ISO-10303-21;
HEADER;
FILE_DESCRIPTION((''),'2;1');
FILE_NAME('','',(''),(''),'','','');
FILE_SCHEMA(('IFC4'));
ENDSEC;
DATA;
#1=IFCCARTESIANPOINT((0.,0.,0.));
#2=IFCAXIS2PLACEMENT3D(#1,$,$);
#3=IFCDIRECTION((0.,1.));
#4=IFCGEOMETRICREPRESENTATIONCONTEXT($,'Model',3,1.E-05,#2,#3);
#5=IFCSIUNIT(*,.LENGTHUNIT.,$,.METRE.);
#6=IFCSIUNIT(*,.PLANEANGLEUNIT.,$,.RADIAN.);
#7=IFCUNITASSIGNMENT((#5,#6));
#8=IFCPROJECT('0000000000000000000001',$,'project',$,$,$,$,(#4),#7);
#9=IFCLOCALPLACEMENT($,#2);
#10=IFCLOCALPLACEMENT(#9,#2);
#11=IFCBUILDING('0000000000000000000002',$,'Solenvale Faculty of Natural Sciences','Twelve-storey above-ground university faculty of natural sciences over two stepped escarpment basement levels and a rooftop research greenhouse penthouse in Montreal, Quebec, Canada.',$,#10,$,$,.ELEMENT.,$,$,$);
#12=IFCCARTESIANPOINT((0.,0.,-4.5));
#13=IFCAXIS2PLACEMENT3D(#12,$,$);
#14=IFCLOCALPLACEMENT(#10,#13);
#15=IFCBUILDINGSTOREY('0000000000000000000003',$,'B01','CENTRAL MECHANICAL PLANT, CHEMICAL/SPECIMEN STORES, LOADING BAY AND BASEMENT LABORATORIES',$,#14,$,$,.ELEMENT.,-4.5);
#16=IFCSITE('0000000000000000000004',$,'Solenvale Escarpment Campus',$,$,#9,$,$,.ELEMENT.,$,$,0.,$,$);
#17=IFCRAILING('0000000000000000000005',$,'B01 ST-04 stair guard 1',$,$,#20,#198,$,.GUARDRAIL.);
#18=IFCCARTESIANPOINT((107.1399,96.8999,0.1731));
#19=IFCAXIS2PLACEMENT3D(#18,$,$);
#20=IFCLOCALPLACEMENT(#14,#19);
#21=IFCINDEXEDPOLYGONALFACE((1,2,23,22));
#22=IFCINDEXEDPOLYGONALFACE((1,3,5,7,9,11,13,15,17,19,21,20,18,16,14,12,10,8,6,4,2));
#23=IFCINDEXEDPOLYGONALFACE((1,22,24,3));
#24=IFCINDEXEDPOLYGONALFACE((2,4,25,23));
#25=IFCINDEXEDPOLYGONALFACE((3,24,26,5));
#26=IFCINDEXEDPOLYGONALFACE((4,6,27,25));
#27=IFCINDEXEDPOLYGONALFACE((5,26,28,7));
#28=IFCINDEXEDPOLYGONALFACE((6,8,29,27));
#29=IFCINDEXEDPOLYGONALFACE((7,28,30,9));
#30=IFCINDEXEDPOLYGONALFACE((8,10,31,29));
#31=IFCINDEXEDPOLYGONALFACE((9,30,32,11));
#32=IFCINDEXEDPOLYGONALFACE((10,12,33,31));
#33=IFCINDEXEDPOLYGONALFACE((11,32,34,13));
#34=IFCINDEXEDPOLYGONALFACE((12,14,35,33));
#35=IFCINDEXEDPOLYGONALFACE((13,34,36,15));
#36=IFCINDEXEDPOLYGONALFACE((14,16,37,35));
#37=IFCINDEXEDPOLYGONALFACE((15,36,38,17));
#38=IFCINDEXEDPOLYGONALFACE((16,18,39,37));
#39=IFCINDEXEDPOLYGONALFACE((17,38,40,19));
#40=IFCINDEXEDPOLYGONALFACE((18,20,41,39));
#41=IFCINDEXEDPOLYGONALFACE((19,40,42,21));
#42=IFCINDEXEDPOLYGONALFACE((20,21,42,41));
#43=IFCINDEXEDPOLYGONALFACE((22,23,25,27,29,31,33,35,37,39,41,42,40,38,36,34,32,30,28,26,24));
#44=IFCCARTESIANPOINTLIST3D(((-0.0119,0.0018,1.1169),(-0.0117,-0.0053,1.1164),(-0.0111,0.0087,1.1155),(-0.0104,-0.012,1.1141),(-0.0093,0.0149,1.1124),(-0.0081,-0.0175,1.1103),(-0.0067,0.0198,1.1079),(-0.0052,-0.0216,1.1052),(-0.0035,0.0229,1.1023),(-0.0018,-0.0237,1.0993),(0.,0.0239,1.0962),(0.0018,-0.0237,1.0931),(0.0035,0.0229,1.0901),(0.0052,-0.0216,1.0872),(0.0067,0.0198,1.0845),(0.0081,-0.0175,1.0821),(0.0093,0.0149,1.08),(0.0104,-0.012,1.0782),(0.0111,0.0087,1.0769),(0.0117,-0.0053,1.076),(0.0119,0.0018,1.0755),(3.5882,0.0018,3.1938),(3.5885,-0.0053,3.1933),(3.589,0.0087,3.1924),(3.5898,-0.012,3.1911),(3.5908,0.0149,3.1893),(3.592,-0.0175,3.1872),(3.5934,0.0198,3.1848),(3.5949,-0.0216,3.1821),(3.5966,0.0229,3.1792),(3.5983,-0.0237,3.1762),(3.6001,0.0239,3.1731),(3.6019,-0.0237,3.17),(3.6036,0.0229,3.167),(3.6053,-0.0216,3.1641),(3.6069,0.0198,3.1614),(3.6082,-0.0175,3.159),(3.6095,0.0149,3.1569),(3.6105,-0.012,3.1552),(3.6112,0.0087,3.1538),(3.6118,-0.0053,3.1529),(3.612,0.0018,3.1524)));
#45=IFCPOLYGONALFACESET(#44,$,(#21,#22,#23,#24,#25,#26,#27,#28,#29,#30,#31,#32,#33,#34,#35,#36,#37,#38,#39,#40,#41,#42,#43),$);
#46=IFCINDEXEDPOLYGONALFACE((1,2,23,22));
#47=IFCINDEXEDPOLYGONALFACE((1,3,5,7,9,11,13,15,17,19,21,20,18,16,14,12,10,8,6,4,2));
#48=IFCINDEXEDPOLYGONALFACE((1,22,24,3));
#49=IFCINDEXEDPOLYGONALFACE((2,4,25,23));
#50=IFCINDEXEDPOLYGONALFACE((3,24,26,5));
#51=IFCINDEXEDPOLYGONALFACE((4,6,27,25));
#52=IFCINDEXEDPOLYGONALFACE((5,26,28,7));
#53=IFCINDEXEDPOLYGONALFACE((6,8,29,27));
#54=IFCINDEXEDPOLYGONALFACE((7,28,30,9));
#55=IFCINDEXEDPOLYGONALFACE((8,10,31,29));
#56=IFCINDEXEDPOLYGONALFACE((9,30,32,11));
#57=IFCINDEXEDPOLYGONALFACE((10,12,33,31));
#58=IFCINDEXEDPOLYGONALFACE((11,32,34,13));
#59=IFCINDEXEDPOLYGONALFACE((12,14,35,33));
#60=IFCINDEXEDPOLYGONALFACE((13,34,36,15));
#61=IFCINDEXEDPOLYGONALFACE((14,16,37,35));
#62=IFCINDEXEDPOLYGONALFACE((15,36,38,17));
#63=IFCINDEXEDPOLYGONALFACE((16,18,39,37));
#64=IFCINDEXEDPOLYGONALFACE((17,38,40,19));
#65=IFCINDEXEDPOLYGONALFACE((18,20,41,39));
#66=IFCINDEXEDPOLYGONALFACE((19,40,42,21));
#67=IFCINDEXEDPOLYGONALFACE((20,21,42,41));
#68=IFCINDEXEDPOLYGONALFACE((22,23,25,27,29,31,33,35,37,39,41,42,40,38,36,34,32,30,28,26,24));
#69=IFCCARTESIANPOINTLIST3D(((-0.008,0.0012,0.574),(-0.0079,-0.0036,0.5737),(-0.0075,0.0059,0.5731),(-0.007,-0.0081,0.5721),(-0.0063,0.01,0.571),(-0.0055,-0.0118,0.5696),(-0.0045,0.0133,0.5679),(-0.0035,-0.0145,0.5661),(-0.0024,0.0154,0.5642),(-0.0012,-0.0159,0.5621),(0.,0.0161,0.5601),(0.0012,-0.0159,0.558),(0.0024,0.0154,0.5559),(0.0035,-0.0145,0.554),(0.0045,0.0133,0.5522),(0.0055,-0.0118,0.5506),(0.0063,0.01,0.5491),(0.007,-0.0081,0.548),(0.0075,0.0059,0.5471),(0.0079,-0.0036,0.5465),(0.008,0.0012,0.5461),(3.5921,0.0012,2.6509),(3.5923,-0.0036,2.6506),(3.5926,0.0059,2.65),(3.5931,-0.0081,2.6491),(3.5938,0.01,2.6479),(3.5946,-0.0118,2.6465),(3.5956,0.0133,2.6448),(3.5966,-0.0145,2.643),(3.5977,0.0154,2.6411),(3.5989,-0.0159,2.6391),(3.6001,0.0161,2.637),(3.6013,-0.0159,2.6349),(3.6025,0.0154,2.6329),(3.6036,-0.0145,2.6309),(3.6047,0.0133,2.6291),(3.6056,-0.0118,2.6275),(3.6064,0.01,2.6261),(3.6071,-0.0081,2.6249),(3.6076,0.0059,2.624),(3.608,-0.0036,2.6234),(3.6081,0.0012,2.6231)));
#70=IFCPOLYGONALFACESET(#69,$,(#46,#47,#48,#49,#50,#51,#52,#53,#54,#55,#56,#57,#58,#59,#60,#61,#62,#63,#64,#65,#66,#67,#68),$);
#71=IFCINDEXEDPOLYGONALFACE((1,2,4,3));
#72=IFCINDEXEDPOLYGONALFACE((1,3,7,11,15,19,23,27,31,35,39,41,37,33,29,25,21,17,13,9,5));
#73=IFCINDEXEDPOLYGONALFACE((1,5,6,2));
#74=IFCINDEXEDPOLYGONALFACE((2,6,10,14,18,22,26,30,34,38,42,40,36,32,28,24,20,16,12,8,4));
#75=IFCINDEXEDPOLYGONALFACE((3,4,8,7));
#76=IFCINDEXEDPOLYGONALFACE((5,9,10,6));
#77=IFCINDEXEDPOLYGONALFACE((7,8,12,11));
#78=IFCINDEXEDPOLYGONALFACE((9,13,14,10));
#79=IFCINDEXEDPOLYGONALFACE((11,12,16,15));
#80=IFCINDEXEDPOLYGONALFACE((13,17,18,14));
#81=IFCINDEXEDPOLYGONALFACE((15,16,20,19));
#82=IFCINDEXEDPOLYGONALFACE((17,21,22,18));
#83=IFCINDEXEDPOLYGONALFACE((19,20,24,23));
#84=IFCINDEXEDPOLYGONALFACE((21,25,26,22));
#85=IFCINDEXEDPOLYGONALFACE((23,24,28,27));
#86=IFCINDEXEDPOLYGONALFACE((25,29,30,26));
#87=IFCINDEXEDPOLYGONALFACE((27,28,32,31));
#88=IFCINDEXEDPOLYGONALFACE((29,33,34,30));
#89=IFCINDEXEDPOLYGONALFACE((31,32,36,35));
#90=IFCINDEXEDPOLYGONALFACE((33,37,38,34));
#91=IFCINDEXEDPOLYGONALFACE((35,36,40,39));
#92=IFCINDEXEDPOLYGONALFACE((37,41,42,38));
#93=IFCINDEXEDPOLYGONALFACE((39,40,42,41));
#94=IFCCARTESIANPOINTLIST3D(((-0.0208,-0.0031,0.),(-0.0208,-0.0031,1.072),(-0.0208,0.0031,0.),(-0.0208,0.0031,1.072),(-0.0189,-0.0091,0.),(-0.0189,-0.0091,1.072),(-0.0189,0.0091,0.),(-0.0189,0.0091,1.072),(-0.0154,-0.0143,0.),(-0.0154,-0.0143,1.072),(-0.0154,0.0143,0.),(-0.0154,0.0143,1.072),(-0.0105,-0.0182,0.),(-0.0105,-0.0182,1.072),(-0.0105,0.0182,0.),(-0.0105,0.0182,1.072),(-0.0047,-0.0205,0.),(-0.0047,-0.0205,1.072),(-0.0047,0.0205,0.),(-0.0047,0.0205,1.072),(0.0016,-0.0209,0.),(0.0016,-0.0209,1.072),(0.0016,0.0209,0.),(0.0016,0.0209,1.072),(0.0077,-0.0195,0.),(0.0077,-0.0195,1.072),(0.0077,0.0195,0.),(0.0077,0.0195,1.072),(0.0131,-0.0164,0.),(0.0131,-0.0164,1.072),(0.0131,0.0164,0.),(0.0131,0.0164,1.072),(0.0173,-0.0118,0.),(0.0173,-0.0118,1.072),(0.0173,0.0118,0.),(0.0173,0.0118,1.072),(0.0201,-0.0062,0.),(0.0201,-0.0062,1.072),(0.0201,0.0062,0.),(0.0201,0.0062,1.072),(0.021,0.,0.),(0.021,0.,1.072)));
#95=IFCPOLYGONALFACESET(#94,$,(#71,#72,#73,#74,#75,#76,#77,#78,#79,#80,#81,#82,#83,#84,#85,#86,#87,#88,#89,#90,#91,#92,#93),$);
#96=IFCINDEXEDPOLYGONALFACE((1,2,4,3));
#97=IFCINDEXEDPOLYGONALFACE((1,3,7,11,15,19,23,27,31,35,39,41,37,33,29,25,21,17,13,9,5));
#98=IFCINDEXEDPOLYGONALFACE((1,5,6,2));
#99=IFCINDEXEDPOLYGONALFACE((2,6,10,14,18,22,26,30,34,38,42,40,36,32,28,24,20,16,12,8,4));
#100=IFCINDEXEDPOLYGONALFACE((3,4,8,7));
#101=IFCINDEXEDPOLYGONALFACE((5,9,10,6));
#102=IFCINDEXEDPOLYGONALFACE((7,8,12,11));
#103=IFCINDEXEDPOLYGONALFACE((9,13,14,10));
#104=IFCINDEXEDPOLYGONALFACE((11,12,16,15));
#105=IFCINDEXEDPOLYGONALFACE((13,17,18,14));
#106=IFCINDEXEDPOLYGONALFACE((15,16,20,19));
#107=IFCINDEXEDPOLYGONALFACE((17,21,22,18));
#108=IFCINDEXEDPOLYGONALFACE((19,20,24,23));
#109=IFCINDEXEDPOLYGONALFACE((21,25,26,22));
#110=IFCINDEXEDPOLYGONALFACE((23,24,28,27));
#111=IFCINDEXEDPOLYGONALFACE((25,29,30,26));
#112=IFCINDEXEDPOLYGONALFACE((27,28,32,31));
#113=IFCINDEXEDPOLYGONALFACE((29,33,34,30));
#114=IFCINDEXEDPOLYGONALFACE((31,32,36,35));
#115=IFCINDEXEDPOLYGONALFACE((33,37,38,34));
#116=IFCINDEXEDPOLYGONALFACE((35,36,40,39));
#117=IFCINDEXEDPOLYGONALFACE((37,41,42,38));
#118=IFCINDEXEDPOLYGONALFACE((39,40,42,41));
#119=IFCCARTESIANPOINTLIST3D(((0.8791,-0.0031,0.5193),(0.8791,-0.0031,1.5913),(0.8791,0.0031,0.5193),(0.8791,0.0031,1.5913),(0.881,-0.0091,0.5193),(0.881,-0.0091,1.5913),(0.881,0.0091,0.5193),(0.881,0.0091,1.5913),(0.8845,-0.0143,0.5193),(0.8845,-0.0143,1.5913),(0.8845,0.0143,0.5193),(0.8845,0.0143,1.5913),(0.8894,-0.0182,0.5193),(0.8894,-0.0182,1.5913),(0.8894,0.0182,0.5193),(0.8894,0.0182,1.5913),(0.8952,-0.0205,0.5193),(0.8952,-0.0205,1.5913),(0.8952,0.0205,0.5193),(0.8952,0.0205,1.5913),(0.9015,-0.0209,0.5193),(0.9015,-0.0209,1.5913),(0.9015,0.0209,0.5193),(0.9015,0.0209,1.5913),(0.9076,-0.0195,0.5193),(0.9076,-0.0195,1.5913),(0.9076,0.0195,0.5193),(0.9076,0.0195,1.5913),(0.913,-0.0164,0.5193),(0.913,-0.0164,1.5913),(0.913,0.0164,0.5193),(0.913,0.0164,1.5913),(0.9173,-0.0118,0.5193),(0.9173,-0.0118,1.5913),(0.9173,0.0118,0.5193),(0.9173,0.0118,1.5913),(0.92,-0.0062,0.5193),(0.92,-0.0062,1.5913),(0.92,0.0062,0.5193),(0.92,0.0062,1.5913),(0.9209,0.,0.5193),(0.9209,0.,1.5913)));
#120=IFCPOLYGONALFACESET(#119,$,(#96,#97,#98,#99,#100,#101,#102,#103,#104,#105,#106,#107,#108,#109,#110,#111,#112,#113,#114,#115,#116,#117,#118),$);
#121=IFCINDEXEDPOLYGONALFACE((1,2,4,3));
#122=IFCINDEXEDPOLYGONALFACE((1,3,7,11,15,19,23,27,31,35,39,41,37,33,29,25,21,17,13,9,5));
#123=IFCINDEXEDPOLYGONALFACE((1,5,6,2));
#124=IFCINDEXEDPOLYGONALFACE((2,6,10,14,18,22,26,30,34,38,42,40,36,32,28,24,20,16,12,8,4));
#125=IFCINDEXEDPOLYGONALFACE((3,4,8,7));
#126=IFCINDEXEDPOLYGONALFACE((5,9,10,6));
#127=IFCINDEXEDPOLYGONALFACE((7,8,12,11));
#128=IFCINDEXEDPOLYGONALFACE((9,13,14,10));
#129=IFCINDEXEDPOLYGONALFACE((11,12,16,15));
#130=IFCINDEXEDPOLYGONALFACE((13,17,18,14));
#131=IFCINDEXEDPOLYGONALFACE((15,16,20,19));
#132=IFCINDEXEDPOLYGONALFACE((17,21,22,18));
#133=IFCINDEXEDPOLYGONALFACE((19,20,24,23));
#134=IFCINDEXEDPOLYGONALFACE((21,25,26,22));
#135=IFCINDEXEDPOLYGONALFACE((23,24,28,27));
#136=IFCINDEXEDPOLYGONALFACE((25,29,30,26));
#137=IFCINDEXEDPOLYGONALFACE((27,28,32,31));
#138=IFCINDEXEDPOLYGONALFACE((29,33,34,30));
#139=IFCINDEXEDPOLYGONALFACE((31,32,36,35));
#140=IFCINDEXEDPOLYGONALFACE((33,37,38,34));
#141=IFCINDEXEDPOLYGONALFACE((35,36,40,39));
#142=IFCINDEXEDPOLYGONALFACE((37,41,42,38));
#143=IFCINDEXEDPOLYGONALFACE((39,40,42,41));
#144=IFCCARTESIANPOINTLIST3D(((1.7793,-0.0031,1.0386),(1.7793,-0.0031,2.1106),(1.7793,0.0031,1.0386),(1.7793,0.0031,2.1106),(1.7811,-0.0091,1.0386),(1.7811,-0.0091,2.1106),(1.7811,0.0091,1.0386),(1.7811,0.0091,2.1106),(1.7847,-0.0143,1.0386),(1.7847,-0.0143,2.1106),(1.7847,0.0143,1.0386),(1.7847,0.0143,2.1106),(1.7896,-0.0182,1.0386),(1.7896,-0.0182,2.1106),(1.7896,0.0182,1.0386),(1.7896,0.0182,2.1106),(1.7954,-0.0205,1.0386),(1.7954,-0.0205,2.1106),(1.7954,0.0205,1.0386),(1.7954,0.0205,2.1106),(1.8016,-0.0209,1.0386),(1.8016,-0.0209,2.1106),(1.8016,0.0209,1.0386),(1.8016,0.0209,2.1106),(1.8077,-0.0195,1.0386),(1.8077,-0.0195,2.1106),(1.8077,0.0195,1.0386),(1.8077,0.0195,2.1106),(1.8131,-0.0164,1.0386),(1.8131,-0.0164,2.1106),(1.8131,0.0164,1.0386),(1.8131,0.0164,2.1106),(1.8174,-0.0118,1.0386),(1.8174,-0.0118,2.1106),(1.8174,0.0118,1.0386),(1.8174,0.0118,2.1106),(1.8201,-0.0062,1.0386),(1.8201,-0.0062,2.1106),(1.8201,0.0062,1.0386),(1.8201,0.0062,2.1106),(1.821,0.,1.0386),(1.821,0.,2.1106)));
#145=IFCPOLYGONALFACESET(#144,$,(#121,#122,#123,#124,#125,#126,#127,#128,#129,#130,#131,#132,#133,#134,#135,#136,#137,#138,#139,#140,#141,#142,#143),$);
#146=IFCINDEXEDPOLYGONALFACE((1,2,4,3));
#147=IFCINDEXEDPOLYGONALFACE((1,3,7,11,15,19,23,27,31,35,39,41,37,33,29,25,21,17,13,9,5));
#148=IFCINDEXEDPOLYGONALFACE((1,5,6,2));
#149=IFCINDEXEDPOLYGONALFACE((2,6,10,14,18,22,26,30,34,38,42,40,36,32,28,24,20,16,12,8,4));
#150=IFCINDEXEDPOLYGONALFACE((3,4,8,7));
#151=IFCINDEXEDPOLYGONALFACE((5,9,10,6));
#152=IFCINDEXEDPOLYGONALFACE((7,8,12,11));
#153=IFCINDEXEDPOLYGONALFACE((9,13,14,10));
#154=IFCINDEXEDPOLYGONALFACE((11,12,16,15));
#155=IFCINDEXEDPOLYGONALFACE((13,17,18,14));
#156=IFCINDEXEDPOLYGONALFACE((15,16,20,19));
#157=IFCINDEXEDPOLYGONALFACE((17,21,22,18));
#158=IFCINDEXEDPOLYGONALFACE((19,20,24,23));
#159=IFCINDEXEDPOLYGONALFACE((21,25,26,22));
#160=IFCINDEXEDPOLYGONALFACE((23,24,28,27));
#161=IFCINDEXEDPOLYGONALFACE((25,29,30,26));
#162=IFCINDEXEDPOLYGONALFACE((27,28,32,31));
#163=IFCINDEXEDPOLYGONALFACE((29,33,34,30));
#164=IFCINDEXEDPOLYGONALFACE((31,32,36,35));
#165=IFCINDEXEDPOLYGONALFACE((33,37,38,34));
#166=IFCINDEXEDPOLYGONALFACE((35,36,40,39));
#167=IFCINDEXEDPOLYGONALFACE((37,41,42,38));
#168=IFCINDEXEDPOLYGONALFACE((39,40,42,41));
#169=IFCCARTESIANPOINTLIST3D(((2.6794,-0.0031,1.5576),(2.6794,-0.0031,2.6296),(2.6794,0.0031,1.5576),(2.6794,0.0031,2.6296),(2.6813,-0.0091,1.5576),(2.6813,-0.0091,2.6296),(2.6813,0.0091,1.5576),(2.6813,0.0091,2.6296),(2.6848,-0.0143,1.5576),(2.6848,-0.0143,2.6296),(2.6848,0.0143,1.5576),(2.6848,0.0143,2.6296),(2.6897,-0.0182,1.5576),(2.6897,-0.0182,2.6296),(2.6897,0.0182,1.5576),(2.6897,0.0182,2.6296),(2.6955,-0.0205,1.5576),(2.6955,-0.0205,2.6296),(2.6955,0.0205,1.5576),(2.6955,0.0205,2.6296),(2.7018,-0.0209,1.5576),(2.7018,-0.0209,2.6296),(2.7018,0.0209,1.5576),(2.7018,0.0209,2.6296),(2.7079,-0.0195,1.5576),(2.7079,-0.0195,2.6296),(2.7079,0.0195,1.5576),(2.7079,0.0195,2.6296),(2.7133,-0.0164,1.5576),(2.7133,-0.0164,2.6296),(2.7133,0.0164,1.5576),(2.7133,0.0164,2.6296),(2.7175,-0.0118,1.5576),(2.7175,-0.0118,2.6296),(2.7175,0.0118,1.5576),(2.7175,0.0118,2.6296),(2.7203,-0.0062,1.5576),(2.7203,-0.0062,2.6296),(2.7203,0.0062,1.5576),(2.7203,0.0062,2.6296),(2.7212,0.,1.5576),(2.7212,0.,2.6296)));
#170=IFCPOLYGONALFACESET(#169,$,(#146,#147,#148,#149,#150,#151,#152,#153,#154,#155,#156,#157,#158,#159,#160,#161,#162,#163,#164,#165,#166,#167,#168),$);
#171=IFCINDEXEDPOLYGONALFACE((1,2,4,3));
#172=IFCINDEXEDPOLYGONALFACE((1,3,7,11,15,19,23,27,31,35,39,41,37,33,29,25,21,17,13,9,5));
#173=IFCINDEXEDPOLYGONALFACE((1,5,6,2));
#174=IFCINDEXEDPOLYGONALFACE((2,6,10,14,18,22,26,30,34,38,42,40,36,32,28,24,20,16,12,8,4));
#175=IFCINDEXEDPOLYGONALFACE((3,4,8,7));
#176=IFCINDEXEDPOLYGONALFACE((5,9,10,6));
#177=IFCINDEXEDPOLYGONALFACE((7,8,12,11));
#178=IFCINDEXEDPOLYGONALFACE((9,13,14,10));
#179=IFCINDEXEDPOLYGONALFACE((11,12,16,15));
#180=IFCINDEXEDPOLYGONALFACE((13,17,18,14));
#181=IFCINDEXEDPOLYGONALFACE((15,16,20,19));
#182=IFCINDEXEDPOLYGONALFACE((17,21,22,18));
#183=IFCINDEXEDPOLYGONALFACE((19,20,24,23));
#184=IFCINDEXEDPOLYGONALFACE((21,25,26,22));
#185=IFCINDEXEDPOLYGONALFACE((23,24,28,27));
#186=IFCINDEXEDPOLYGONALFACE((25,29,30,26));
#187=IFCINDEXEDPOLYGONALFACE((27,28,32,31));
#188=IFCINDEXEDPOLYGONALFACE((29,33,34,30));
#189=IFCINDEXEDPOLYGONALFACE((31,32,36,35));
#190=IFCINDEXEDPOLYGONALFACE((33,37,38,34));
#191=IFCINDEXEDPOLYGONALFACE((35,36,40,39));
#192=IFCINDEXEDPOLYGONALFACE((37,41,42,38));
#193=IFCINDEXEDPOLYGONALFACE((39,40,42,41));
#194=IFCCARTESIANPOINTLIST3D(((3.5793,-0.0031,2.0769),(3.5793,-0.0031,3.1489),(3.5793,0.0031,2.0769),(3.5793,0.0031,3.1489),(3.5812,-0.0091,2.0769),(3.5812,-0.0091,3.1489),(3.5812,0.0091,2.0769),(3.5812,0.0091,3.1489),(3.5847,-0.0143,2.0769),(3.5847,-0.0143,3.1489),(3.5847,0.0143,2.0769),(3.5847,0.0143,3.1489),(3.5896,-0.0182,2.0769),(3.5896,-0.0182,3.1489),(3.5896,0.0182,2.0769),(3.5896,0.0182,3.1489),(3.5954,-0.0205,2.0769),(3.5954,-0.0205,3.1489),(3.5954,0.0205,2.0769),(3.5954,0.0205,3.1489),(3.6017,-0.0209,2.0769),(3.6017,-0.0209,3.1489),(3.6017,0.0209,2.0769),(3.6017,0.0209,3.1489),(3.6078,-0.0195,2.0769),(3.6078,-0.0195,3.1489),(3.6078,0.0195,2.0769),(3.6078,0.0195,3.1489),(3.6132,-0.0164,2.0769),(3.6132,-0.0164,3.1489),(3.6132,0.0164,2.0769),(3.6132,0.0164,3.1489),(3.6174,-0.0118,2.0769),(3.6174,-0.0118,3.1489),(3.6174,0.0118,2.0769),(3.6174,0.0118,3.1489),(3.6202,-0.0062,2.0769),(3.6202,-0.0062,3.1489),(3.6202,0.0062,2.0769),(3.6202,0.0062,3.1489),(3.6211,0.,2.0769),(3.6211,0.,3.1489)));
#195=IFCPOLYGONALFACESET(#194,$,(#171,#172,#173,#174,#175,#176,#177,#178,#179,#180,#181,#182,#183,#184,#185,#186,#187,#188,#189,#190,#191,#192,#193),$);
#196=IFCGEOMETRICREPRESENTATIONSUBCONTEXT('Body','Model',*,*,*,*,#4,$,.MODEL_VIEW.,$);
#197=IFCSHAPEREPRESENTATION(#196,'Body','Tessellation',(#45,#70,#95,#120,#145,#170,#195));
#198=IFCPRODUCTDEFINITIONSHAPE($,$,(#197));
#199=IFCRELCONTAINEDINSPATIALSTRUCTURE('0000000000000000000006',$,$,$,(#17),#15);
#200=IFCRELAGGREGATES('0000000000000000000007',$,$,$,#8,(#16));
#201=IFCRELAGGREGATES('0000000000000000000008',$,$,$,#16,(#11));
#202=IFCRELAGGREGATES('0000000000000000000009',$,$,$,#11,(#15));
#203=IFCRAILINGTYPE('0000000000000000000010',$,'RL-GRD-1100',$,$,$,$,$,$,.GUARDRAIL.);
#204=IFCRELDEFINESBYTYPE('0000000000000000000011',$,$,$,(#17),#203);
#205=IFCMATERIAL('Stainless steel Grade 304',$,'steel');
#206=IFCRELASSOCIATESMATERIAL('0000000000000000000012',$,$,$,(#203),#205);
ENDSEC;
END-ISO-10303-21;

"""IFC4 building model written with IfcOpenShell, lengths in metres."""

from ifc_helpers import new_model, si_unit, direction, frame, origin, origin_2d, place, context, subcontext, project, spatial, circle, extrude, material, type_object, element, save


model = new_model("IFC4")

# Units and contexts
model_context = context("Model", 3, precision=1e-05, world=origin(), true_north=direction((0.0, 1.0)))
body_context = subcontext(model_context, "Body", "Model", "MODEL_VIEW")
ifc_project = project(units=[si_unit("LENGTHUNIT", "METRE"), si_unit("PLANEANGLEUNIT", "RADIAN")], contexts=[model_context])

# Site, building, storey
site_placement = place(None, origin())
site = spatial("IfcSite", under=ifc_project, at=site_placement, Name="Solenvale Escarpment Campus", CompositionType="ELEMENT", RefElevation=0.0)
building_placement = place(site_placement, origin())
building = spatial("IfcBuilding", under=site, at=building_placement, Name="Solenvale Faculty of Natural Sciences", Description="Twelve-storey above-ground university faculty of natural sciences over two stepped escarpment basement levels and a rooftop research greenhouse penthouse in Montreal, Quebec, Canada.", CompositionType="ELEMENT")
storey_placement = place(building_placement, frame((0.0, 0.0, -4.5)))
storey = spatial("IfcBuildingStorey", under=building, at=storey_placement, Name="B01", Description="CENTRAL MECHANICAL PLANT, CHEMICAL/SPECIMEN STORES, LOADING BAY AND BASEMENT LABORATORIES", CompositionType="ELEMENT", Elevation=-4.5)

# Railing
ifc_material_1 = material(Name="Stainless steel Grade 304", Category="steel")
railing_type_1 = type_object("IfcRailingType", Name="RL-GRD-1100", PredefinedType="GUARDRAIL", material=ifc_material_1)
railing_1_placement = place(storey_placement, frame((107.1399, 96.8999, 0.1731)))
element("IfcRailing", 1, at=railing_1_placement, inside=storey, type_object=railing_type_1, Name="B01 ST-04 stair guard 1", PredefinedType="GUARDRAIL", context=body_context, shape_type="SweptSolid", body=[
    extrude(circle(Radius=0.0239, at=origin_2d()), frame((0.0, 0.0, 1.0962), z_axis=(0.866193, 0.0, 0.499709), x_axis=(0.0, 1.0, 0.0)), (0.0, 0.0, 1.0), 4.1562),
    extrude(circle(Radius=0.0161, at=origin_2d()), frame((0.0, 0.0, 0.5601), z_axis=(0.866193, 0.0, 0.499709), x_axis=(0.0, 1.0, 0.0)), (0.0, 0.0, 1.0), 4.1562),
    extrude(circle(Radius=0.021, at=origin_2d()), origin(), (0.0, 0.0, 1.0), 1.072),
    extrude(circle(Radius=0.021, at=origin_2d()), frame((0.8999, 0.0, 0.5193)), (0.0, 0.0, 1.0), 1.072),
    extrude(circle(Radius=0.021, at=origin_2d()), frame((1.8, 0.0, 1.0386)), (0.0, 0.0, 1.0), 1.072),
    extrude(circle(Radius=0.021, at=origin_2d()), frame((2.7002, 0.0, 1.5576)), (0.0, 0.0, 1.0), 1.072),
    extrude(circle(Radius=0.021, at=origin_2d()), frame((3.6001, 0.0, 2.0769)), (0.0, 0.0, 1.0), 1.072),
])

save(model, "model.ifc")
